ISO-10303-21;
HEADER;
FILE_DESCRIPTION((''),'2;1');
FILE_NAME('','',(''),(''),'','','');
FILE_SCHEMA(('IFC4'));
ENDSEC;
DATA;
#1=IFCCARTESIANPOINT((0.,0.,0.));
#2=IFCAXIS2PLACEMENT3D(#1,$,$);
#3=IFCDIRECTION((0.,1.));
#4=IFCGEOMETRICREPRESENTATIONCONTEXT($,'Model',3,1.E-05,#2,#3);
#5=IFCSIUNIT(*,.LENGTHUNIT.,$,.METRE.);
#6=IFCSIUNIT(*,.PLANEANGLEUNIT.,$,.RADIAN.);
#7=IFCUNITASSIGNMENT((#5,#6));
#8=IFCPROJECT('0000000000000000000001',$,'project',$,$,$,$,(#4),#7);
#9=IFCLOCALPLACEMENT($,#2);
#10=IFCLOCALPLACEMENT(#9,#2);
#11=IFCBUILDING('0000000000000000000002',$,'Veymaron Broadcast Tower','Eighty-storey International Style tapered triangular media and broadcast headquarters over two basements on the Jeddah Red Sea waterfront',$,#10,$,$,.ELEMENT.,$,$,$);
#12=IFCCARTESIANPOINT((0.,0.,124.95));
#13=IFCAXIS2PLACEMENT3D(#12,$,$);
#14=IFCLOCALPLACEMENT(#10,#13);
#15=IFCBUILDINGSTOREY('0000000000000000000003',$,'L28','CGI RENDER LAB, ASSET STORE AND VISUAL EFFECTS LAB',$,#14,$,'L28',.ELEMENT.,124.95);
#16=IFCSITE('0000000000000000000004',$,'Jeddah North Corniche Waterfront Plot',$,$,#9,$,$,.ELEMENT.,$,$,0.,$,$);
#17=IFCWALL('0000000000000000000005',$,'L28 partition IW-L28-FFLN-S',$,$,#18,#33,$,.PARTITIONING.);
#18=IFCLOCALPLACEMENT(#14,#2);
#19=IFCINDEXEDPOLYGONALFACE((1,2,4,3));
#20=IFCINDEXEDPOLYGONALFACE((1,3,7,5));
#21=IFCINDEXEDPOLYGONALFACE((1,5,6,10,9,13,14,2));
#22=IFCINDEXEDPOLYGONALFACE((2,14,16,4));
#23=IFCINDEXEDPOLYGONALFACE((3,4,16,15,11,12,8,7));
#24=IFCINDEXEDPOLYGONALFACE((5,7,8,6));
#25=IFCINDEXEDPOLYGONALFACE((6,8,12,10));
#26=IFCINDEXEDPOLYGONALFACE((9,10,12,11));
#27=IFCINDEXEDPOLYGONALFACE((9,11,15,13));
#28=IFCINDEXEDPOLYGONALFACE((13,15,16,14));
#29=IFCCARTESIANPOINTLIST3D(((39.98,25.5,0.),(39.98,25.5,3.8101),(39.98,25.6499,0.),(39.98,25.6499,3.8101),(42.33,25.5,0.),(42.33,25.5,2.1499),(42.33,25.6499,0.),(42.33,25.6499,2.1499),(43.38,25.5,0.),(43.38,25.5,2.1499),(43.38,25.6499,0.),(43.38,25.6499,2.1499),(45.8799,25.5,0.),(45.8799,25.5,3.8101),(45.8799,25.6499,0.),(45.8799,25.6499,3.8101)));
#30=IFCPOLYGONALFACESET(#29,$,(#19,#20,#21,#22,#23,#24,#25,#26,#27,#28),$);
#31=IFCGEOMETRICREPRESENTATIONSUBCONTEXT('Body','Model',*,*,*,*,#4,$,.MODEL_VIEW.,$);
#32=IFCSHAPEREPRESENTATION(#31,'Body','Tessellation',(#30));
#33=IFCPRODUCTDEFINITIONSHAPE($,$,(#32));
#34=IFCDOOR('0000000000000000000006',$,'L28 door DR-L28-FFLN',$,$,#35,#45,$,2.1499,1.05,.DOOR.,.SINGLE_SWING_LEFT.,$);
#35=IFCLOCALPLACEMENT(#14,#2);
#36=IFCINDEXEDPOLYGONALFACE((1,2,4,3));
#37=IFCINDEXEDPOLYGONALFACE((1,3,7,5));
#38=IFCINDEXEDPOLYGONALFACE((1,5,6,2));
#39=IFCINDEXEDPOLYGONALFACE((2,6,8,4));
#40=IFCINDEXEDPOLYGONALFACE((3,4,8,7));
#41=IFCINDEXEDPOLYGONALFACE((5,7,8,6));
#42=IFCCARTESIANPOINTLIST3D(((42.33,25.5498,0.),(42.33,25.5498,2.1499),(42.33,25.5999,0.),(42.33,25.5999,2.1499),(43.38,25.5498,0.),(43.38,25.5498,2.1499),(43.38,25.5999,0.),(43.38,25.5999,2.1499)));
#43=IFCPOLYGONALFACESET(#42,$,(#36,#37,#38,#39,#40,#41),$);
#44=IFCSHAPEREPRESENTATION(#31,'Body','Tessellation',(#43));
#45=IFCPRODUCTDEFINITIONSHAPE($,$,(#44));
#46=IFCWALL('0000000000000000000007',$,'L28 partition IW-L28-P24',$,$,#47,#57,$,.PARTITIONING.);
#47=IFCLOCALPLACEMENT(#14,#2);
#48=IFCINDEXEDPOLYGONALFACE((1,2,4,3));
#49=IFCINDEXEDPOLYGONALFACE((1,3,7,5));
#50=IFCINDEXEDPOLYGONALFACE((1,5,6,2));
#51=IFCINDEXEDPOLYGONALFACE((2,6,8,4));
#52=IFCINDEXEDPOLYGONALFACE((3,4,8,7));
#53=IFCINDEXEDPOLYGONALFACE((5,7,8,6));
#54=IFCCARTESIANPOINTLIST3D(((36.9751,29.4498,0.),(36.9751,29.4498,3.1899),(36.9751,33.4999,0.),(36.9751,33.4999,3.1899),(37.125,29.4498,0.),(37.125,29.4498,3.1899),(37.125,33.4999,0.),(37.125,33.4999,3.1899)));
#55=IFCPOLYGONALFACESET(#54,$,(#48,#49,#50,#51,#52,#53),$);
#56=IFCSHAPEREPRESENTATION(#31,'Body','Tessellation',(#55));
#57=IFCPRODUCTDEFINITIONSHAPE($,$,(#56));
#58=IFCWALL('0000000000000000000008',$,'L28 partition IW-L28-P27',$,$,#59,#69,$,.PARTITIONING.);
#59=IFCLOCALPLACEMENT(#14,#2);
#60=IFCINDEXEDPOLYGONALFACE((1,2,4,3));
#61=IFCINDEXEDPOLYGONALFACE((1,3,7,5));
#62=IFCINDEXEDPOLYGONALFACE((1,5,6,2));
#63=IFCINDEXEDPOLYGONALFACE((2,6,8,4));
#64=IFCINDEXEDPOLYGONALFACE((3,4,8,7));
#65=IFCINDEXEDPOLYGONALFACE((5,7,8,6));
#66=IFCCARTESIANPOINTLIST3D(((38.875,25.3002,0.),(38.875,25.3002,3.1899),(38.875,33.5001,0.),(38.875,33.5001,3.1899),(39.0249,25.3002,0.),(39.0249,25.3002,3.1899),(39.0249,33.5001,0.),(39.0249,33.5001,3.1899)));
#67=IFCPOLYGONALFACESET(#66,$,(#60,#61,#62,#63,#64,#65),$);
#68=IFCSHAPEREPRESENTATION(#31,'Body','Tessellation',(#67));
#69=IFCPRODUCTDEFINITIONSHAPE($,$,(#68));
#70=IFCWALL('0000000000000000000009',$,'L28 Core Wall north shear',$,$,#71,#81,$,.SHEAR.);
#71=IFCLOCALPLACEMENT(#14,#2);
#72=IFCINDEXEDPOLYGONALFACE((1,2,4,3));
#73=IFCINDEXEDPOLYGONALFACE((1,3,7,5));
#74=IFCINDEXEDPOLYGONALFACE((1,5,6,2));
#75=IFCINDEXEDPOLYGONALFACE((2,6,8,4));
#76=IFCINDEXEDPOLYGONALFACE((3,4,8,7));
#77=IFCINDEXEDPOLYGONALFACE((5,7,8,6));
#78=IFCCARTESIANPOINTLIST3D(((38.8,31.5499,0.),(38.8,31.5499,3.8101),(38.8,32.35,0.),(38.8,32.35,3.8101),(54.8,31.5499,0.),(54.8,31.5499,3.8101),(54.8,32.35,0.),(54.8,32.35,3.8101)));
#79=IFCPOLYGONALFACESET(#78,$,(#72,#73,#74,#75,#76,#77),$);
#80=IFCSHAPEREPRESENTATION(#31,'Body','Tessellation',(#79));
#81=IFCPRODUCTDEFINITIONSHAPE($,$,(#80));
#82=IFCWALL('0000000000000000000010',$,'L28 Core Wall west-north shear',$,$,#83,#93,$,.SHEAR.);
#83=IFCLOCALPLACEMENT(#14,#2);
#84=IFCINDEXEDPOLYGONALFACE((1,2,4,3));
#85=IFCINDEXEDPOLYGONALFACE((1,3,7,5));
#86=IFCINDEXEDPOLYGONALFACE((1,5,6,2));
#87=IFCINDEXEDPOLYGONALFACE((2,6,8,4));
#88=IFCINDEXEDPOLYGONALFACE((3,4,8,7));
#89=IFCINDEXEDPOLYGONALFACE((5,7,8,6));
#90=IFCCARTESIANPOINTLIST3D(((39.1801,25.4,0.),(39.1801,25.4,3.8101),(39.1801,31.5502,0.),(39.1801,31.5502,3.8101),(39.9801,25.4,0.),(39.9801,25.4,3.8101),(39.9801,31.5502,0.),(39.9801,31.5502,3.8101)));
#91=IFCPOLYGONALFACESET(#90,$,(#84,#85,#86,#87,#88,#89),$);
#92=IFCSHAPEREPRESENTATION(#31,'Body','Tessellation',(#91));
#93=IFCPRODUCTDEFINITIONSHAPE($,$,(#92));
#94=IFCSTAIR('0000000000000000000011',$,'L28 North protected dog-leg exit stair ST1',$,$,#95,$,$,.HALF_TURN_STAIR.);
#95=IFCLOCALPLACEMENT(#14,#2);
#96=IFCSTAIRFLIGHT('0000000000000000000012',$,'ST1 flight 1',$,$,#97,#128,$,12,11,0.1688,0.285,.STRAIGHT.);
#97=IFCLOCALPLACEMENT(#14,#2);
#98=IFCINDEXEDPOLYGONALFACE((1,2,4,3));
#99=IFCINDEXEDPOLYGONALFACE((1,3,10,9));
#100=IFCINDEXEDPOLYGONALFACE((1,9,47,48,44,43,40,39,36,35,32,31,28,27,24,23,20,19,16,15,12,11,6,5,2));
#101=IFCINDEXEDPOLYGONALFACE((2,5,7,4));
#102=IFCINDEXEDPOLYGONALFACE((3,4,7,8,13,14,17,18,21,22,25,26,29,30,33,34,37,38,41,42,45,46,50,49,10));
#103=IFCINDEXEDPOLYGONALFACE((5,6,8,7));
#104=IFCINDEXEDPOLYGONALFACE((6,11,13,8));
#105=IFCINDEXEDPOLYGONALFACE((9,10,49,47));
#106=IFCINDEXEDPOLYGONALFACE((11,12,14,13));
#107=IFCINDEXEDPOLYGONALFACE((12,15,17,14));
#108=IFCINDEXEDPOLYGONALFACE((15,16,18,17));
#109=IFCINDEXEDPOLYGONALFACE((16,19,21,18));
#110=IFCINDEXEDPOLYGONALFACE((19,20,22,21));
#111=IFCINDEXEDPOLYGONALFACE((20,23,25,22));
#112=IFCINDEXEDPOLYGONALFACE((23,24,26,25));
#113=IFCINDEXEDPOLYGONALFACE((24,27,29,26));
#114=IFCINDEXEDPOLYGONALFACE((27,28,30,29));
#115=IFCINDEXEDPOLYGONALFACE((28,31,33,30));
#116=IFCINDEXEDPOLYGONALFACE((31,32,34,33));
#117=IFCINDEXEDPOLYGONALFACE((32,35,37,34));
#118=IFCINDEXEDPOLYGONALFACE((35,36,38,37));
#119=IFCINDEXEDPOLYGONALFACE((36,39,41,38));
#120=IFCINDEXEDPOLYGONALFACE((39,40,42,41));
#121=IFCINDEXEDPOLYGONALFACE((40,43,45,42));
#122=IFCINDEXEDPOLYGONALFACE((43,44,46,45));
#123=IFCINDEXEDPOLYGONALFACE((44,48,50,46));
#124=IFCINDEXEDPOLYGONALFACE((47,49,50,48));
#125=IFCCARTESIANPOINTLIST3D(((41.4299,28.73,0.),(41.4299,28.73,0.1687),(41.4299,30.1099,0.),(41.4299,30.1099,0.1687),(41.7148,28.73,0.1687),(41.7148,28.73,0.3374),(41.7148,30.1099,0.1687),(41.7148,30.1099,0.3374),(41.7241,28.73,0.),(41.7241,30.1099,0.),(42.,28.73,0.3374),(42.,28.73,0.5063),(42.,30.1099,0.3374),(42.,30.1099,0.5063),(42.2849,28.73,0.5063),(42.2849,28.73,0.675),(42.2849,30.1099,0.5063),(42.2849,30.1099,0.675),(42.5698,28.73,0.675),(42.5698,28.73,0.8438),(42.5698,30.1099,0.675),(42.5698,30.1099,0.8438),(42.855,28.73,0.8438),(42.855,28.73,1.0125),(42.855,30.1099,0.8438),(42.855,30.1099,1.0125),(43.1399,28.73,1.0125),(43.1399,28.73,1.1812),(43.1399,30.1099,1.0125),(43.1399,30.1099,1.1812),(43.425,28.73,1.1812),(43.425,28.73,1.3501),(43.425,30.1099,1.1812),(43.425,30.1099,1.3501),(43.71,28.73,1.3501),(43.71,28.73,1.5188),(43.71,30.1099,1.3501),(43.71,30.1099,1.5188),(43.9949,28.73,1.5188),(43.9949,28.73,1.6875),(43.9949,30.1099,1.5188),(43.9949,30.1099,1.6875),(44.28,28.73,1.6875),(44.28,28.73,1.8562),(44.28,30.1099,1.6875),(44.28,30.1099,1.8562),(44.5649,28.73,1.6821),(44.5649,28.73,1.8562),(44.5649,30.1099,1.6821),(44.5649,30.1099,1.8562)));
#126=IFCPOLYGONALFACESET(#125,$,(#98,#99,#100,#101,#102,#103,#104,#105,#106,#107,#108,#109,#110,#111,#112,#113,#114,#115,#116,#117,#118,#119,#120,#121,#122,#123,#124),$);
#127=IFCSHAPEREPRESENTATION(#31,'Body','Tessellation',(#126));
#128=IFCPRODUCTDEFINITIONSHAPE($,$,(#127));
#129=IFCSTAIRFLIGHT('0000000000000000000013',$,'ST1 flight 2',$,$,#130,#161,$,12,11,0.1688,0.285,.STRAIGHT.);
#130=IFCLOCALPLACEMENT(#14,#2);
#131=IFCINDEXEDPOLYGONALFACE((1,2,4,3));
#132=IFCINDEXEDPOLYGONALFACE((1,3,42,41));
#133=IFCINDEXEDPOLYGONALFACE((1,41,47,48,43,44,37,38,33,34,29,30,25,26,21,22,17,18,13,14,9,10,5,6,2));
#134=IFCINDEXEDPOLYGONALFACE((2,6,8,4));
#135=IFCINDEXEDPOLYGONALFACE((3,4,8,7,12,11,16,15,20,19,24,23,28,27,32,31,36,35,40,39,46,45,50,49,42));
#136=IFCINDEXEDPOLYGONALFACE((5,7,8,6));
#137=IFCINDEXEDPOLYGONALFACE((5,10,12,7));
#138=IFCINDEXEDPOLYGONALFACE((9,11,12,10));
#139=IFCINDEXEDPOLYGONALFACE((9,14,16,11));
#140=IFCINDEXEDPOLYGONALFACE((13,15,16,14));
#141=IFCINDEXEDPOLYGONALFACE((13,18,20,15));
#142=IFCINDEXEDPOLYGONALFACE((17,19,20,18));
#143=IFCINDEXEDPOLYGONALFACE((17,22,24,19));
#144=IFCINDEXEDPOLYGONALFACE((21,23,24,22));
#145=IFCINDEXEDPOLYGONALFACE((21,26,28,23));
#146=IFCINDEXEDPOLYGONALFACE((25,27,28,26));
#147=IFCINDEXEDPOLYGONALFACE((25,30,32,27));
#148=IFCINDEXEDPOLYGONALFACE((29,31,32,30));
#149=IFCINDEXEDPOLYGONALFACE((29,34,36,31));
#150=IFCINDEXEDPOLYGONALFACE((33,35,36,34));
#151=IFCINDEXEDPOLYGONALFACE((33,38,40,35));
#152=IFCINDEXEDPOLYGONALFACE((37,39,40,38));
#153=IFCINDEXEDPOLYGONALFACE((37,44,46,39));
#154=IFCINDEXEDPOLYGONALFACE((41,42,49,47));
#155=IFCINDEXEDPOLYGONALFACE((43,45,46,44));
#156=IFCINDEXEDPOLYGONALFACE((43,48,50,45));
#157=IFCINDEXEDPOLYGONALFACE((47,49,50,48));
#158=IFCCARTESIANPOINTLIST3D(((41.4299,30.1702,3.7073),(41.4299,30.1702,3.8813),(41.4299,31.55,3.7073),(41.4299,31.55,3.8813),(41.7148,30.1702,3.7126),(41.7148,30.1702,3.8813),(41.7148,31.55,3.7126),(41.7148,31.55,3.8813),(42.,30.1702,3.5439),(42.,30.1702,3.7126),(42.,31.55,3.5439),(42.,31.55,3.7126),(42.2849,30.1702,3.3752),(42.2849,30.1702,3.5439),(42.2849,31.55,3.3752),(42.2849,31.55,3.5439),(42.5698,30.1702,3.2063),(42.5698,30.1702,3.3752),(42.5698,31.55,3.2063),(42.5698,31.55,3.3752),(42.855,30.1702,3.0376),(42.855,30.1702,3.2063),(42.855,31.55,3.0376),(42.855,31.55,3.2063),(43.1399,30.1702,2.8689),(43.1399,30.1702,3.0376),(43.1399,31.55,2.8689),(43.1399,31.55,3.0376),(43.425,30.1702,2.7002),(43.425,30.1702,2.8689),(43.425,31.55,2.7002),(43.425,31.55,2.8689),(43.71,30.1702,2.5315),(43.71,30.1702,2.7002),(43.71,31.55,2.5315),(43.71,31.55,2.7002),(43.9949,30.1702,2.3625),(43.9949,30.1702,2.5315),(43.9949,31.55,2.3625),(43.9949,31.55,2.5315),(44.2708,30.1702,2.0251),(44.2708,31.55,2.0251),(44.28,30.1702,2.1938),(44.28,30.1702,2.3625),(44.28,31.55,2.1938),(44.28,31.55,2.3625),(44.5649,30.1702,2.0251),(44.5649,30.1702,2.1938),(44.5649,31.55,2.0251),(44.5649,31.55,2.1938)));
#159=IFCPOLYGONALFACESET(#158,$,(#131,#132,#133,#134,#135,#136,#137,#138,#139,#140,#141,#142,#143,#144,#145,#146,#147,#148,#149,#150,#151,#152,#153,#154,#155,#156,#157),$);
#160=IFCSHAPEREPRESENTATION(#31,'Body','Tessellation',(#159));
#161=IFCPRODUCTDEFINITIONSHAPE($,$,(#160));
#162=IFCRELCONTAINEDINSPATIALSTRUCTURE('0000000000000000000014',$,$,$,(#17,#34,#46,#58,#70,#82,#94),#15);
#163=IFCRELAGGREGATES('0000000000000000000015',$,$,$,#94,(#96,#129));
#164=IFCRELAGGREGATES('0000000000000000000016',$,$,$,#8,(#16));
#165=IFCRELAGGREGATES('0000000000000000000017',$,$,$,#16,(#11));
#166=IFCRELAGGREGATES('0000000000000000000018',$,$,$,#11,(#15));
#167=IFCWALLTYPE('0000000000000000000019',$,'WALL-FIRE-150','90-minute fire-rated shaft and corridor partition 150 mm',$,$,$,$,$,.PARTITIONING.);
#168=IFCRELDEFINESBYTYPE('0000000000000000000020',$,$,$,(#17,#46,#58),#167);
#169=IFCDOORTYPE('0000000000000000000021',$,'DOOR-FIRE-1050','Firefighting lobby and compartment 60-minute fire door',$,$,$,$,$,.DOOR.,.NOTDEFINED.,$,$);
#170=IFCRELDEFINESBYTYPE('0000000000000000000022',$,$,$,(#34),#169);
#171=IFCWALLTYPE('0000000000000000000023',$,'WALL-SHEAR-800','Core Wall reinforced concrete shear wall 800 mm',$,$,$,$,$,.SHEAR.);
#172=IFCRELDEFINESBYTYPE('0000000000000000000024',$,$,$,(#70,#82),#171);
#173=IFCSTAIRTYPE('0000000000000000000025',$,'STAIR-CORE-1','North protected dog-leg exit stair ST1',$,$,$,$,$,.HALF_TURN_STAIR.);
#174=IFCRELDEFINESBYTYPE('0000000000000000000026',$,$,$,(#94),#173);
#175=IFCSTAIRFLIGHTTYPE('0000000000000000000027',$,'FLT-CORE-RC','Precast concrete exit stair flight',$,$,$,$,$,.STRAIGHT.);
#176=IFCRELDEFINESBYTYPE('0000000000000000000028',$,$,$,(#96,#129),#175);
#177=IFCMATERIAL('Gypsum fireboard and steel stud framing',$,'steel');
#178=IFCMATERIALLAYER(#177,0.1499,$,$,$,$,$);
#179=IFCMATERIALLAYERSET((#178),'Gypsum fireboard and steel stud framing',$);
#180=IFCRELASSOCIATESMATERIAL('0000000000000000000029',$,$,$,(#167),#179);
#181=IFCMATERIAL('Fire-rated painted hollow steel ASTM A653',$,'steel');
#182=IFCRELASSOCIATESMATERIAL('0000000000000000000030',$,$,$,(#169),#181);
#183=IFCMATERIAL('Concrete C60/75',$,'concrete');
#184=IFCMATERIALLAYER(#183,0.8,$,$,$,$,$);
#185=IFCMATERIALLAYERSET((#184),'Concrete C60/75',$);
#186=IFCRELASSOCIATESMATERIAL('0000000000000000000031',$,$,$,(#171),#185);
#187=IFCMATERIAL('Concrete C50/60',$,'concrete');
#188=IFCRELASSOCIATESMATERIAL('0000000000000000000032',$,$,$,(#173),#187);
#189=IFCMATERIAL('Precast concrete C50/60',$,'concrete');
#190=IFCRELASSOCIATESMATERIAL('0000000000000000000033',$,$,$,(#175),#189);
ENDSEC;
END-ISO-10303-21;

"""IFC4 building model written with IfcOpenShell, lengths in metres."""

from ifc_helpers import new_model, si_unit, direction, frame, frame_2d, origin, place, context, subcontext, project, spatial, polyline, rectangle, outline, extrude, material, layer, layer_set, type_object, element, fill, aggregate, save


model = new_model("IFC4")

# Units and contexts
model_context = context("Model", 3, precision=1e-05, world=origin(), true_north=direction((0.0, 1.0)))
body_context = subcontext(model_context, "Body", "Model", "MODEL_VIEW")
ifc_project = project(units=[si_unit("LENGTHUNIT", "METRE"), si_unit("PLANEANGLEUNIT", "RADIAN")], contexts=[model_context])

# Site, building, storey
site_placement = place(None, origin())
site = spatial("IfcSite", under=ifc_project, at=site_placement, Name="Jeddah North Corniche Waterfront Plot", CompositionType="ELEMENT", RefElevation=0.0)
building_placement = place(site_placement, origin())
building = spatial("IfcBuilding", under=site, at=building_placement, Name="Veymaron Broadcast Tower", Description="Eighty-storey International Style tapered triangular media and broadcast headquarters over two basements on the Jeddah Red Sea waterfront", CompositionType="ELEMENT")
storey_placement = place(building_placement, frame((0.0, 0.0, 124.95)))
storey = spatial("IfcBuildingStorey", under=building, at=storey_placement, Name="L28", Description="CGI RENDER LAB, ASSET STORE AND VISUAL EFFECTS LAB", LongName="L28", CompositionType="ELEMENT", Elevation=124.95)

# Wall, opening, door
ifc_material_1 = material(Name="Gypsum fireboard and steel stud framing", Category="steel")
ifc_layer_1 = layer(ifc_material_1, 0.1499)
ifc_layer_set_1 = layer_set([ifc_layer_1], Name="Gypsum fireboard and steel stud framing")
wall_type_1 = type_object("IfcWallType", Name="WALL-FIRE-150", Description="90-minute fire-rated shaft and corridor partition 150 mm", PredefinedType="PARTITIONING", material=ifc_layer_set_1)
wall_1_placement = place(storey_placement, frame((39.98, 25.575, 0.0), z_axis=(0.0, 0.0, 1.0), x_axis=(1.0, 0.0, 0.0)))
wall_1 = element("IfcWall", 1, at=wall_1_placement, inside=storey, type_object=wall_type_1, Name="L28 partition IW-L28-FFLN-S", PredefinedType="PARTITIONING", context=body_context, shape_type="SweptSolid", body=[
    extrude(rectangle(XDim=5.8999, YDim=0.1499, at=frame_2d((2.95, 0.0))), origin(), (0.0, 0.0, 1.0), 3.8101),
])
opening_1_placement = place(wall_1_placement, frame((2.3501, 0.0, 0.0)))
opening_1 = element("IfcOpeningElement", 2, at=opening_1_placement, cuts=wall_1, PredefinedType="OPENING", context=body_context, shape_type="SweptSolid", body=[
    extrude(rectangle(XDim=1.05, YDim=2.1499, at=frame_2d((0.5249, 1.075))), frame((0.0, 0.085, 0.0), z_axis=(0.0, -1.0, 0.0), x_axis=(1.0, 0.0, 0.0)), (0.0, 0.0, 1.0), 0.1699),
])
ifc_material_2 = material(Name="Fire-rated painted hollow steel ASTM A653", Category="steel")
door_type_1 = type_object("IfcDoorType", Name="DOOR-FIRE-1050", Description="Firefighting lobby and compartment 60-minute fire door", OperationType="NOTDEFINED", PredefinedType="DOOR", material=ifc_material_2)
door_1_placement = place(opening_1_placement, origin())
door_1 = element("IfcDoor", 3, at=door_1_placement, inside=storey, type_object=door_type_1, Name="L28 door DR-L28-FFLN", OperationType="SINGLE_SWING_LEFT", OverallHeight=2.1499, OverallWidth=1.05, PredefinedType="DOOR", context=body_context, shape_type="SweptSolid", body=[
    extrude(rectangle(XDim=1.05, YDim=2.1499, at=frame_2d((0.5249, 1.075))), frame((0.0, 0.0249, 0.0), z_axis=(0.0, -1.0, 0.0), x_axis=(1.0, 0.0, 0.0)), (0.0, 0.0, 1.0), 0.05),
])
fill(opening_1, door_1)

# Walls
wall_2_placement = place(storey_placement, frame((37.05, 29.45, 0.0), z_axis=(0.0, 0.0, 1.0), x_axis=(0.0, 1.0, 0.0)))
element("IfcWall", 4, at=wall_2_placement, inside=storey, type_object=wall_type_1, Name="L28 partition IW-L28-P24", PredefinedType="PARTITIONING", context=body_context, shape_type="SweptSolid", body=[
    extrude(rectangle(XDim=4.05, YDim=0.1499, at=frame_2d((2.0249, 0.0))), origin(), (0.0, 0.0, 1.0), 3.1899),
])
wall_3_placement = place(storey_placement, frame((38.95, 25.3, 0.0), z_axis=(0.0, 0.0, 1.0), x_axis=(0.0, 1.0, 0.0)))
element("IfcWall", 5, at=wall_3_placement, inside=storey, type_object=wall_type_1, Name="L28 partition IW-L28-P27", PredefinedType="PARTITIONING", context=body_context, shape_type="SweptSolid", body=[
    extrude(rectangle(XDim=8.2, YDim=0.1499, at=frame_2d((4.1001, 0.0))), origin(), (0.0, 0.0, 1.0), 3.1899),
])

# Shared definitions
ifc_material_3 = material(Name="Concrete C50/60", Category="concrete")

# Walls
ifc_material_4 = material(Name="Concrete C60/75", Category="concrete")
ifc_layer_2 = layer(ifc_material_4, 0.8)
ifc_layer_set_2 = layer_set([ifc_layer_2], Name="Concrete C60/75")
wall_type_2 = type_object("IfcWallType", Name="WALL-SHEAR-800", Description="Core Wall reinforced concrete shear wall 800 mm", PredefinedType="SHEAR", material=ifc_layer_set_2)
wall_4_placement = place(storey_placement, frame((38.8, 31.95, 0.0), z_axis=(0.0, 0.0, 1.0), x_axis=(1.0, 0.0, 0.0)))
element("IfcWall", 6, at=wall_4_placement, inside=storey, type_object=wall_type_2, Name="L28 Core Wall north shear", PredefinedType="SHEAR", context=body_context, shape_type="SweptSolid", body=[
    extrude(rectangle(XDim=16.0, YDim=0.8, at=frame_2d((8.0, 0.0))), origin(), (0.0, 0.0, 1.0), 3.8101),
])
wall_5_placement = place(storey_placement, frame((39.5801, 25.3999, 0.0), z_axis=(0.0, 0.0, 1.0), x_axis=(0.0, 1.0, 0.0)))
element("IfcWall", 7, at=wall_5_placement, inside=storey, type_object=wall_type_2, Name="L28 Core Wall west-north shear", PredefinedType="SHEAR", context=body_context, shape_type="SweptSolid", body=[
    extrude(rectangle(XDim=6.1501, YDim=0.8, at=frame_2d((3.0752, 0.0))), origin(), (0.0, 0.0, 1.0), 3.8101),
])

# Stair, stair flights
stair_type = type_object("IfcStairType", Name="STAIR-CORE-1", Description="North protected dog-leg exit stair ST1", PredefinedType="HALF_TURN_STAIR", material=ifc_material_3)
stair_placement = place(storey_placement, origin())
stair = element("IfcStair", 8, at=stair_placement, inside=storey, type_object=stair_type, Name="L28 North protected dog-leg exit stair ST1", PredefinedType="HALF_TURN_STAIR")
ifc_material_5 = material(Name="Precast concrete C50/60", Category="concrete")
stair_flight_type = type_object("IfcStairFlightType", Name="FLT-CORE-RC", Description="Precast concrete exit stair flight", PredefinedType="STRAIGHT", material=ifc_material_5)
stair_flight_1_placement = place(storey_placement, frame((41.4299, 29.4199, 0.0), z_axis=(0.0, 0.0, 1.0), x_axis=(1.0, 0.0, 0.0)))
stair_flight_1 = element("IfcStairFlight", 9, at=stair_flight_1_placement, type_object=stair_flight_type, Name="ST1 flight 1", NumberOfRisers=12, NumberOfTreads=11, PredefinedType="STRAIGHT", RiserHeight=0.1688, TreadLength=0.285, context=body_context, shape_type="SweptSolid", body=[
    extrude(outline(polyline([(0.0, 0.0), (0.0, 0.1687), (0.2849, 0.1687), (0.2849, 0.3374), (0.5701, 0.3374), (0.5701, 0.5063), (0.855, 0.5063), (0.855, 0.675), (1.1399, 0.675), (1.1399, 0.8438), (1.425, 0.8438), (1.425, 1.0125), (1.71, 1.0125), (1.71, 1.1812), (1.9951, 1.1812), (1.9951, 1.3501), (2.28, 1.3501), (2.28, 1.5188), (2.5649, 1.5188), (2.5649, 1.6875), (2.8501, 1.6875), (2.8501, 1.8562), (3.135, 1.8562), (3.135, 2.0249), (3.135, 1.6821), (0.2942, 0.0), (0.0, 0.0)])), frame((0.0, 0.6899, 0.0), z_axis=(0.0, -1.0, 0.0), x_axis=(1.0, 0.0, 0.0)), (0.0, 0.0, 1.0), 1.3799),
])
stair_flight_2_placement = place(storey_placement, frame((44.5649, 30.8601, 2.0251), z_axis=(0.0, 0.0, 1.0), x_axis=(-1.0, 0.0, 0.0)))
stair_flight_2 = element("IfcStairFlight", 10, at=stair_flight_2_placement, type_object=stair_flight_type, Name="ST1 flight 2", NumberOfRisers=12, NumberOfTreads=11, PredefinedType="STRAIGHT", RiserHeight=0.1688, TreadLength=0.285, context=body_context, shape_type="SweptSolid", body=[
    extrude(outline(polyline([(0.0, 0.0), (0.0, 0.1687), (0.2849, 0.1687), (0.2849, 0.3374), (0.5701, 0.3374), (0.5701, 0.5063), (0.855, 0.5063), (0.855, 0.675), (1.1399, 0.675), (1.1399, 0.8438), (1.425, 0.8438), (1.425, 1.0125), (1.71, 1.0125), (1.71, 1.1812), (1.9951, 1.1812), (1.9951, 1.3501), (2.28, 1.3501), (2.28, 1.5188), (2.5649, 1.5188), (2.5649, 1.6875), (2.8501, 1.6875), (2.8501, 1.8562), (3.135, 1.8562), (3.135, 2.0249), (3.135, 1.6821), (0.2942, 0.0), (0.0, 0.0)])), frame((0.0, 0.6899, 0.0), z_axis=(0.0, -1.0, 0.0), x_axis=(1.0, 0.0, 0.0)), (0.0, 0.0, 1.0), 1.3799),
])
aggregate(stair, [stair_flight_1, stair_flight_2])

save(model, "model.ifc")
